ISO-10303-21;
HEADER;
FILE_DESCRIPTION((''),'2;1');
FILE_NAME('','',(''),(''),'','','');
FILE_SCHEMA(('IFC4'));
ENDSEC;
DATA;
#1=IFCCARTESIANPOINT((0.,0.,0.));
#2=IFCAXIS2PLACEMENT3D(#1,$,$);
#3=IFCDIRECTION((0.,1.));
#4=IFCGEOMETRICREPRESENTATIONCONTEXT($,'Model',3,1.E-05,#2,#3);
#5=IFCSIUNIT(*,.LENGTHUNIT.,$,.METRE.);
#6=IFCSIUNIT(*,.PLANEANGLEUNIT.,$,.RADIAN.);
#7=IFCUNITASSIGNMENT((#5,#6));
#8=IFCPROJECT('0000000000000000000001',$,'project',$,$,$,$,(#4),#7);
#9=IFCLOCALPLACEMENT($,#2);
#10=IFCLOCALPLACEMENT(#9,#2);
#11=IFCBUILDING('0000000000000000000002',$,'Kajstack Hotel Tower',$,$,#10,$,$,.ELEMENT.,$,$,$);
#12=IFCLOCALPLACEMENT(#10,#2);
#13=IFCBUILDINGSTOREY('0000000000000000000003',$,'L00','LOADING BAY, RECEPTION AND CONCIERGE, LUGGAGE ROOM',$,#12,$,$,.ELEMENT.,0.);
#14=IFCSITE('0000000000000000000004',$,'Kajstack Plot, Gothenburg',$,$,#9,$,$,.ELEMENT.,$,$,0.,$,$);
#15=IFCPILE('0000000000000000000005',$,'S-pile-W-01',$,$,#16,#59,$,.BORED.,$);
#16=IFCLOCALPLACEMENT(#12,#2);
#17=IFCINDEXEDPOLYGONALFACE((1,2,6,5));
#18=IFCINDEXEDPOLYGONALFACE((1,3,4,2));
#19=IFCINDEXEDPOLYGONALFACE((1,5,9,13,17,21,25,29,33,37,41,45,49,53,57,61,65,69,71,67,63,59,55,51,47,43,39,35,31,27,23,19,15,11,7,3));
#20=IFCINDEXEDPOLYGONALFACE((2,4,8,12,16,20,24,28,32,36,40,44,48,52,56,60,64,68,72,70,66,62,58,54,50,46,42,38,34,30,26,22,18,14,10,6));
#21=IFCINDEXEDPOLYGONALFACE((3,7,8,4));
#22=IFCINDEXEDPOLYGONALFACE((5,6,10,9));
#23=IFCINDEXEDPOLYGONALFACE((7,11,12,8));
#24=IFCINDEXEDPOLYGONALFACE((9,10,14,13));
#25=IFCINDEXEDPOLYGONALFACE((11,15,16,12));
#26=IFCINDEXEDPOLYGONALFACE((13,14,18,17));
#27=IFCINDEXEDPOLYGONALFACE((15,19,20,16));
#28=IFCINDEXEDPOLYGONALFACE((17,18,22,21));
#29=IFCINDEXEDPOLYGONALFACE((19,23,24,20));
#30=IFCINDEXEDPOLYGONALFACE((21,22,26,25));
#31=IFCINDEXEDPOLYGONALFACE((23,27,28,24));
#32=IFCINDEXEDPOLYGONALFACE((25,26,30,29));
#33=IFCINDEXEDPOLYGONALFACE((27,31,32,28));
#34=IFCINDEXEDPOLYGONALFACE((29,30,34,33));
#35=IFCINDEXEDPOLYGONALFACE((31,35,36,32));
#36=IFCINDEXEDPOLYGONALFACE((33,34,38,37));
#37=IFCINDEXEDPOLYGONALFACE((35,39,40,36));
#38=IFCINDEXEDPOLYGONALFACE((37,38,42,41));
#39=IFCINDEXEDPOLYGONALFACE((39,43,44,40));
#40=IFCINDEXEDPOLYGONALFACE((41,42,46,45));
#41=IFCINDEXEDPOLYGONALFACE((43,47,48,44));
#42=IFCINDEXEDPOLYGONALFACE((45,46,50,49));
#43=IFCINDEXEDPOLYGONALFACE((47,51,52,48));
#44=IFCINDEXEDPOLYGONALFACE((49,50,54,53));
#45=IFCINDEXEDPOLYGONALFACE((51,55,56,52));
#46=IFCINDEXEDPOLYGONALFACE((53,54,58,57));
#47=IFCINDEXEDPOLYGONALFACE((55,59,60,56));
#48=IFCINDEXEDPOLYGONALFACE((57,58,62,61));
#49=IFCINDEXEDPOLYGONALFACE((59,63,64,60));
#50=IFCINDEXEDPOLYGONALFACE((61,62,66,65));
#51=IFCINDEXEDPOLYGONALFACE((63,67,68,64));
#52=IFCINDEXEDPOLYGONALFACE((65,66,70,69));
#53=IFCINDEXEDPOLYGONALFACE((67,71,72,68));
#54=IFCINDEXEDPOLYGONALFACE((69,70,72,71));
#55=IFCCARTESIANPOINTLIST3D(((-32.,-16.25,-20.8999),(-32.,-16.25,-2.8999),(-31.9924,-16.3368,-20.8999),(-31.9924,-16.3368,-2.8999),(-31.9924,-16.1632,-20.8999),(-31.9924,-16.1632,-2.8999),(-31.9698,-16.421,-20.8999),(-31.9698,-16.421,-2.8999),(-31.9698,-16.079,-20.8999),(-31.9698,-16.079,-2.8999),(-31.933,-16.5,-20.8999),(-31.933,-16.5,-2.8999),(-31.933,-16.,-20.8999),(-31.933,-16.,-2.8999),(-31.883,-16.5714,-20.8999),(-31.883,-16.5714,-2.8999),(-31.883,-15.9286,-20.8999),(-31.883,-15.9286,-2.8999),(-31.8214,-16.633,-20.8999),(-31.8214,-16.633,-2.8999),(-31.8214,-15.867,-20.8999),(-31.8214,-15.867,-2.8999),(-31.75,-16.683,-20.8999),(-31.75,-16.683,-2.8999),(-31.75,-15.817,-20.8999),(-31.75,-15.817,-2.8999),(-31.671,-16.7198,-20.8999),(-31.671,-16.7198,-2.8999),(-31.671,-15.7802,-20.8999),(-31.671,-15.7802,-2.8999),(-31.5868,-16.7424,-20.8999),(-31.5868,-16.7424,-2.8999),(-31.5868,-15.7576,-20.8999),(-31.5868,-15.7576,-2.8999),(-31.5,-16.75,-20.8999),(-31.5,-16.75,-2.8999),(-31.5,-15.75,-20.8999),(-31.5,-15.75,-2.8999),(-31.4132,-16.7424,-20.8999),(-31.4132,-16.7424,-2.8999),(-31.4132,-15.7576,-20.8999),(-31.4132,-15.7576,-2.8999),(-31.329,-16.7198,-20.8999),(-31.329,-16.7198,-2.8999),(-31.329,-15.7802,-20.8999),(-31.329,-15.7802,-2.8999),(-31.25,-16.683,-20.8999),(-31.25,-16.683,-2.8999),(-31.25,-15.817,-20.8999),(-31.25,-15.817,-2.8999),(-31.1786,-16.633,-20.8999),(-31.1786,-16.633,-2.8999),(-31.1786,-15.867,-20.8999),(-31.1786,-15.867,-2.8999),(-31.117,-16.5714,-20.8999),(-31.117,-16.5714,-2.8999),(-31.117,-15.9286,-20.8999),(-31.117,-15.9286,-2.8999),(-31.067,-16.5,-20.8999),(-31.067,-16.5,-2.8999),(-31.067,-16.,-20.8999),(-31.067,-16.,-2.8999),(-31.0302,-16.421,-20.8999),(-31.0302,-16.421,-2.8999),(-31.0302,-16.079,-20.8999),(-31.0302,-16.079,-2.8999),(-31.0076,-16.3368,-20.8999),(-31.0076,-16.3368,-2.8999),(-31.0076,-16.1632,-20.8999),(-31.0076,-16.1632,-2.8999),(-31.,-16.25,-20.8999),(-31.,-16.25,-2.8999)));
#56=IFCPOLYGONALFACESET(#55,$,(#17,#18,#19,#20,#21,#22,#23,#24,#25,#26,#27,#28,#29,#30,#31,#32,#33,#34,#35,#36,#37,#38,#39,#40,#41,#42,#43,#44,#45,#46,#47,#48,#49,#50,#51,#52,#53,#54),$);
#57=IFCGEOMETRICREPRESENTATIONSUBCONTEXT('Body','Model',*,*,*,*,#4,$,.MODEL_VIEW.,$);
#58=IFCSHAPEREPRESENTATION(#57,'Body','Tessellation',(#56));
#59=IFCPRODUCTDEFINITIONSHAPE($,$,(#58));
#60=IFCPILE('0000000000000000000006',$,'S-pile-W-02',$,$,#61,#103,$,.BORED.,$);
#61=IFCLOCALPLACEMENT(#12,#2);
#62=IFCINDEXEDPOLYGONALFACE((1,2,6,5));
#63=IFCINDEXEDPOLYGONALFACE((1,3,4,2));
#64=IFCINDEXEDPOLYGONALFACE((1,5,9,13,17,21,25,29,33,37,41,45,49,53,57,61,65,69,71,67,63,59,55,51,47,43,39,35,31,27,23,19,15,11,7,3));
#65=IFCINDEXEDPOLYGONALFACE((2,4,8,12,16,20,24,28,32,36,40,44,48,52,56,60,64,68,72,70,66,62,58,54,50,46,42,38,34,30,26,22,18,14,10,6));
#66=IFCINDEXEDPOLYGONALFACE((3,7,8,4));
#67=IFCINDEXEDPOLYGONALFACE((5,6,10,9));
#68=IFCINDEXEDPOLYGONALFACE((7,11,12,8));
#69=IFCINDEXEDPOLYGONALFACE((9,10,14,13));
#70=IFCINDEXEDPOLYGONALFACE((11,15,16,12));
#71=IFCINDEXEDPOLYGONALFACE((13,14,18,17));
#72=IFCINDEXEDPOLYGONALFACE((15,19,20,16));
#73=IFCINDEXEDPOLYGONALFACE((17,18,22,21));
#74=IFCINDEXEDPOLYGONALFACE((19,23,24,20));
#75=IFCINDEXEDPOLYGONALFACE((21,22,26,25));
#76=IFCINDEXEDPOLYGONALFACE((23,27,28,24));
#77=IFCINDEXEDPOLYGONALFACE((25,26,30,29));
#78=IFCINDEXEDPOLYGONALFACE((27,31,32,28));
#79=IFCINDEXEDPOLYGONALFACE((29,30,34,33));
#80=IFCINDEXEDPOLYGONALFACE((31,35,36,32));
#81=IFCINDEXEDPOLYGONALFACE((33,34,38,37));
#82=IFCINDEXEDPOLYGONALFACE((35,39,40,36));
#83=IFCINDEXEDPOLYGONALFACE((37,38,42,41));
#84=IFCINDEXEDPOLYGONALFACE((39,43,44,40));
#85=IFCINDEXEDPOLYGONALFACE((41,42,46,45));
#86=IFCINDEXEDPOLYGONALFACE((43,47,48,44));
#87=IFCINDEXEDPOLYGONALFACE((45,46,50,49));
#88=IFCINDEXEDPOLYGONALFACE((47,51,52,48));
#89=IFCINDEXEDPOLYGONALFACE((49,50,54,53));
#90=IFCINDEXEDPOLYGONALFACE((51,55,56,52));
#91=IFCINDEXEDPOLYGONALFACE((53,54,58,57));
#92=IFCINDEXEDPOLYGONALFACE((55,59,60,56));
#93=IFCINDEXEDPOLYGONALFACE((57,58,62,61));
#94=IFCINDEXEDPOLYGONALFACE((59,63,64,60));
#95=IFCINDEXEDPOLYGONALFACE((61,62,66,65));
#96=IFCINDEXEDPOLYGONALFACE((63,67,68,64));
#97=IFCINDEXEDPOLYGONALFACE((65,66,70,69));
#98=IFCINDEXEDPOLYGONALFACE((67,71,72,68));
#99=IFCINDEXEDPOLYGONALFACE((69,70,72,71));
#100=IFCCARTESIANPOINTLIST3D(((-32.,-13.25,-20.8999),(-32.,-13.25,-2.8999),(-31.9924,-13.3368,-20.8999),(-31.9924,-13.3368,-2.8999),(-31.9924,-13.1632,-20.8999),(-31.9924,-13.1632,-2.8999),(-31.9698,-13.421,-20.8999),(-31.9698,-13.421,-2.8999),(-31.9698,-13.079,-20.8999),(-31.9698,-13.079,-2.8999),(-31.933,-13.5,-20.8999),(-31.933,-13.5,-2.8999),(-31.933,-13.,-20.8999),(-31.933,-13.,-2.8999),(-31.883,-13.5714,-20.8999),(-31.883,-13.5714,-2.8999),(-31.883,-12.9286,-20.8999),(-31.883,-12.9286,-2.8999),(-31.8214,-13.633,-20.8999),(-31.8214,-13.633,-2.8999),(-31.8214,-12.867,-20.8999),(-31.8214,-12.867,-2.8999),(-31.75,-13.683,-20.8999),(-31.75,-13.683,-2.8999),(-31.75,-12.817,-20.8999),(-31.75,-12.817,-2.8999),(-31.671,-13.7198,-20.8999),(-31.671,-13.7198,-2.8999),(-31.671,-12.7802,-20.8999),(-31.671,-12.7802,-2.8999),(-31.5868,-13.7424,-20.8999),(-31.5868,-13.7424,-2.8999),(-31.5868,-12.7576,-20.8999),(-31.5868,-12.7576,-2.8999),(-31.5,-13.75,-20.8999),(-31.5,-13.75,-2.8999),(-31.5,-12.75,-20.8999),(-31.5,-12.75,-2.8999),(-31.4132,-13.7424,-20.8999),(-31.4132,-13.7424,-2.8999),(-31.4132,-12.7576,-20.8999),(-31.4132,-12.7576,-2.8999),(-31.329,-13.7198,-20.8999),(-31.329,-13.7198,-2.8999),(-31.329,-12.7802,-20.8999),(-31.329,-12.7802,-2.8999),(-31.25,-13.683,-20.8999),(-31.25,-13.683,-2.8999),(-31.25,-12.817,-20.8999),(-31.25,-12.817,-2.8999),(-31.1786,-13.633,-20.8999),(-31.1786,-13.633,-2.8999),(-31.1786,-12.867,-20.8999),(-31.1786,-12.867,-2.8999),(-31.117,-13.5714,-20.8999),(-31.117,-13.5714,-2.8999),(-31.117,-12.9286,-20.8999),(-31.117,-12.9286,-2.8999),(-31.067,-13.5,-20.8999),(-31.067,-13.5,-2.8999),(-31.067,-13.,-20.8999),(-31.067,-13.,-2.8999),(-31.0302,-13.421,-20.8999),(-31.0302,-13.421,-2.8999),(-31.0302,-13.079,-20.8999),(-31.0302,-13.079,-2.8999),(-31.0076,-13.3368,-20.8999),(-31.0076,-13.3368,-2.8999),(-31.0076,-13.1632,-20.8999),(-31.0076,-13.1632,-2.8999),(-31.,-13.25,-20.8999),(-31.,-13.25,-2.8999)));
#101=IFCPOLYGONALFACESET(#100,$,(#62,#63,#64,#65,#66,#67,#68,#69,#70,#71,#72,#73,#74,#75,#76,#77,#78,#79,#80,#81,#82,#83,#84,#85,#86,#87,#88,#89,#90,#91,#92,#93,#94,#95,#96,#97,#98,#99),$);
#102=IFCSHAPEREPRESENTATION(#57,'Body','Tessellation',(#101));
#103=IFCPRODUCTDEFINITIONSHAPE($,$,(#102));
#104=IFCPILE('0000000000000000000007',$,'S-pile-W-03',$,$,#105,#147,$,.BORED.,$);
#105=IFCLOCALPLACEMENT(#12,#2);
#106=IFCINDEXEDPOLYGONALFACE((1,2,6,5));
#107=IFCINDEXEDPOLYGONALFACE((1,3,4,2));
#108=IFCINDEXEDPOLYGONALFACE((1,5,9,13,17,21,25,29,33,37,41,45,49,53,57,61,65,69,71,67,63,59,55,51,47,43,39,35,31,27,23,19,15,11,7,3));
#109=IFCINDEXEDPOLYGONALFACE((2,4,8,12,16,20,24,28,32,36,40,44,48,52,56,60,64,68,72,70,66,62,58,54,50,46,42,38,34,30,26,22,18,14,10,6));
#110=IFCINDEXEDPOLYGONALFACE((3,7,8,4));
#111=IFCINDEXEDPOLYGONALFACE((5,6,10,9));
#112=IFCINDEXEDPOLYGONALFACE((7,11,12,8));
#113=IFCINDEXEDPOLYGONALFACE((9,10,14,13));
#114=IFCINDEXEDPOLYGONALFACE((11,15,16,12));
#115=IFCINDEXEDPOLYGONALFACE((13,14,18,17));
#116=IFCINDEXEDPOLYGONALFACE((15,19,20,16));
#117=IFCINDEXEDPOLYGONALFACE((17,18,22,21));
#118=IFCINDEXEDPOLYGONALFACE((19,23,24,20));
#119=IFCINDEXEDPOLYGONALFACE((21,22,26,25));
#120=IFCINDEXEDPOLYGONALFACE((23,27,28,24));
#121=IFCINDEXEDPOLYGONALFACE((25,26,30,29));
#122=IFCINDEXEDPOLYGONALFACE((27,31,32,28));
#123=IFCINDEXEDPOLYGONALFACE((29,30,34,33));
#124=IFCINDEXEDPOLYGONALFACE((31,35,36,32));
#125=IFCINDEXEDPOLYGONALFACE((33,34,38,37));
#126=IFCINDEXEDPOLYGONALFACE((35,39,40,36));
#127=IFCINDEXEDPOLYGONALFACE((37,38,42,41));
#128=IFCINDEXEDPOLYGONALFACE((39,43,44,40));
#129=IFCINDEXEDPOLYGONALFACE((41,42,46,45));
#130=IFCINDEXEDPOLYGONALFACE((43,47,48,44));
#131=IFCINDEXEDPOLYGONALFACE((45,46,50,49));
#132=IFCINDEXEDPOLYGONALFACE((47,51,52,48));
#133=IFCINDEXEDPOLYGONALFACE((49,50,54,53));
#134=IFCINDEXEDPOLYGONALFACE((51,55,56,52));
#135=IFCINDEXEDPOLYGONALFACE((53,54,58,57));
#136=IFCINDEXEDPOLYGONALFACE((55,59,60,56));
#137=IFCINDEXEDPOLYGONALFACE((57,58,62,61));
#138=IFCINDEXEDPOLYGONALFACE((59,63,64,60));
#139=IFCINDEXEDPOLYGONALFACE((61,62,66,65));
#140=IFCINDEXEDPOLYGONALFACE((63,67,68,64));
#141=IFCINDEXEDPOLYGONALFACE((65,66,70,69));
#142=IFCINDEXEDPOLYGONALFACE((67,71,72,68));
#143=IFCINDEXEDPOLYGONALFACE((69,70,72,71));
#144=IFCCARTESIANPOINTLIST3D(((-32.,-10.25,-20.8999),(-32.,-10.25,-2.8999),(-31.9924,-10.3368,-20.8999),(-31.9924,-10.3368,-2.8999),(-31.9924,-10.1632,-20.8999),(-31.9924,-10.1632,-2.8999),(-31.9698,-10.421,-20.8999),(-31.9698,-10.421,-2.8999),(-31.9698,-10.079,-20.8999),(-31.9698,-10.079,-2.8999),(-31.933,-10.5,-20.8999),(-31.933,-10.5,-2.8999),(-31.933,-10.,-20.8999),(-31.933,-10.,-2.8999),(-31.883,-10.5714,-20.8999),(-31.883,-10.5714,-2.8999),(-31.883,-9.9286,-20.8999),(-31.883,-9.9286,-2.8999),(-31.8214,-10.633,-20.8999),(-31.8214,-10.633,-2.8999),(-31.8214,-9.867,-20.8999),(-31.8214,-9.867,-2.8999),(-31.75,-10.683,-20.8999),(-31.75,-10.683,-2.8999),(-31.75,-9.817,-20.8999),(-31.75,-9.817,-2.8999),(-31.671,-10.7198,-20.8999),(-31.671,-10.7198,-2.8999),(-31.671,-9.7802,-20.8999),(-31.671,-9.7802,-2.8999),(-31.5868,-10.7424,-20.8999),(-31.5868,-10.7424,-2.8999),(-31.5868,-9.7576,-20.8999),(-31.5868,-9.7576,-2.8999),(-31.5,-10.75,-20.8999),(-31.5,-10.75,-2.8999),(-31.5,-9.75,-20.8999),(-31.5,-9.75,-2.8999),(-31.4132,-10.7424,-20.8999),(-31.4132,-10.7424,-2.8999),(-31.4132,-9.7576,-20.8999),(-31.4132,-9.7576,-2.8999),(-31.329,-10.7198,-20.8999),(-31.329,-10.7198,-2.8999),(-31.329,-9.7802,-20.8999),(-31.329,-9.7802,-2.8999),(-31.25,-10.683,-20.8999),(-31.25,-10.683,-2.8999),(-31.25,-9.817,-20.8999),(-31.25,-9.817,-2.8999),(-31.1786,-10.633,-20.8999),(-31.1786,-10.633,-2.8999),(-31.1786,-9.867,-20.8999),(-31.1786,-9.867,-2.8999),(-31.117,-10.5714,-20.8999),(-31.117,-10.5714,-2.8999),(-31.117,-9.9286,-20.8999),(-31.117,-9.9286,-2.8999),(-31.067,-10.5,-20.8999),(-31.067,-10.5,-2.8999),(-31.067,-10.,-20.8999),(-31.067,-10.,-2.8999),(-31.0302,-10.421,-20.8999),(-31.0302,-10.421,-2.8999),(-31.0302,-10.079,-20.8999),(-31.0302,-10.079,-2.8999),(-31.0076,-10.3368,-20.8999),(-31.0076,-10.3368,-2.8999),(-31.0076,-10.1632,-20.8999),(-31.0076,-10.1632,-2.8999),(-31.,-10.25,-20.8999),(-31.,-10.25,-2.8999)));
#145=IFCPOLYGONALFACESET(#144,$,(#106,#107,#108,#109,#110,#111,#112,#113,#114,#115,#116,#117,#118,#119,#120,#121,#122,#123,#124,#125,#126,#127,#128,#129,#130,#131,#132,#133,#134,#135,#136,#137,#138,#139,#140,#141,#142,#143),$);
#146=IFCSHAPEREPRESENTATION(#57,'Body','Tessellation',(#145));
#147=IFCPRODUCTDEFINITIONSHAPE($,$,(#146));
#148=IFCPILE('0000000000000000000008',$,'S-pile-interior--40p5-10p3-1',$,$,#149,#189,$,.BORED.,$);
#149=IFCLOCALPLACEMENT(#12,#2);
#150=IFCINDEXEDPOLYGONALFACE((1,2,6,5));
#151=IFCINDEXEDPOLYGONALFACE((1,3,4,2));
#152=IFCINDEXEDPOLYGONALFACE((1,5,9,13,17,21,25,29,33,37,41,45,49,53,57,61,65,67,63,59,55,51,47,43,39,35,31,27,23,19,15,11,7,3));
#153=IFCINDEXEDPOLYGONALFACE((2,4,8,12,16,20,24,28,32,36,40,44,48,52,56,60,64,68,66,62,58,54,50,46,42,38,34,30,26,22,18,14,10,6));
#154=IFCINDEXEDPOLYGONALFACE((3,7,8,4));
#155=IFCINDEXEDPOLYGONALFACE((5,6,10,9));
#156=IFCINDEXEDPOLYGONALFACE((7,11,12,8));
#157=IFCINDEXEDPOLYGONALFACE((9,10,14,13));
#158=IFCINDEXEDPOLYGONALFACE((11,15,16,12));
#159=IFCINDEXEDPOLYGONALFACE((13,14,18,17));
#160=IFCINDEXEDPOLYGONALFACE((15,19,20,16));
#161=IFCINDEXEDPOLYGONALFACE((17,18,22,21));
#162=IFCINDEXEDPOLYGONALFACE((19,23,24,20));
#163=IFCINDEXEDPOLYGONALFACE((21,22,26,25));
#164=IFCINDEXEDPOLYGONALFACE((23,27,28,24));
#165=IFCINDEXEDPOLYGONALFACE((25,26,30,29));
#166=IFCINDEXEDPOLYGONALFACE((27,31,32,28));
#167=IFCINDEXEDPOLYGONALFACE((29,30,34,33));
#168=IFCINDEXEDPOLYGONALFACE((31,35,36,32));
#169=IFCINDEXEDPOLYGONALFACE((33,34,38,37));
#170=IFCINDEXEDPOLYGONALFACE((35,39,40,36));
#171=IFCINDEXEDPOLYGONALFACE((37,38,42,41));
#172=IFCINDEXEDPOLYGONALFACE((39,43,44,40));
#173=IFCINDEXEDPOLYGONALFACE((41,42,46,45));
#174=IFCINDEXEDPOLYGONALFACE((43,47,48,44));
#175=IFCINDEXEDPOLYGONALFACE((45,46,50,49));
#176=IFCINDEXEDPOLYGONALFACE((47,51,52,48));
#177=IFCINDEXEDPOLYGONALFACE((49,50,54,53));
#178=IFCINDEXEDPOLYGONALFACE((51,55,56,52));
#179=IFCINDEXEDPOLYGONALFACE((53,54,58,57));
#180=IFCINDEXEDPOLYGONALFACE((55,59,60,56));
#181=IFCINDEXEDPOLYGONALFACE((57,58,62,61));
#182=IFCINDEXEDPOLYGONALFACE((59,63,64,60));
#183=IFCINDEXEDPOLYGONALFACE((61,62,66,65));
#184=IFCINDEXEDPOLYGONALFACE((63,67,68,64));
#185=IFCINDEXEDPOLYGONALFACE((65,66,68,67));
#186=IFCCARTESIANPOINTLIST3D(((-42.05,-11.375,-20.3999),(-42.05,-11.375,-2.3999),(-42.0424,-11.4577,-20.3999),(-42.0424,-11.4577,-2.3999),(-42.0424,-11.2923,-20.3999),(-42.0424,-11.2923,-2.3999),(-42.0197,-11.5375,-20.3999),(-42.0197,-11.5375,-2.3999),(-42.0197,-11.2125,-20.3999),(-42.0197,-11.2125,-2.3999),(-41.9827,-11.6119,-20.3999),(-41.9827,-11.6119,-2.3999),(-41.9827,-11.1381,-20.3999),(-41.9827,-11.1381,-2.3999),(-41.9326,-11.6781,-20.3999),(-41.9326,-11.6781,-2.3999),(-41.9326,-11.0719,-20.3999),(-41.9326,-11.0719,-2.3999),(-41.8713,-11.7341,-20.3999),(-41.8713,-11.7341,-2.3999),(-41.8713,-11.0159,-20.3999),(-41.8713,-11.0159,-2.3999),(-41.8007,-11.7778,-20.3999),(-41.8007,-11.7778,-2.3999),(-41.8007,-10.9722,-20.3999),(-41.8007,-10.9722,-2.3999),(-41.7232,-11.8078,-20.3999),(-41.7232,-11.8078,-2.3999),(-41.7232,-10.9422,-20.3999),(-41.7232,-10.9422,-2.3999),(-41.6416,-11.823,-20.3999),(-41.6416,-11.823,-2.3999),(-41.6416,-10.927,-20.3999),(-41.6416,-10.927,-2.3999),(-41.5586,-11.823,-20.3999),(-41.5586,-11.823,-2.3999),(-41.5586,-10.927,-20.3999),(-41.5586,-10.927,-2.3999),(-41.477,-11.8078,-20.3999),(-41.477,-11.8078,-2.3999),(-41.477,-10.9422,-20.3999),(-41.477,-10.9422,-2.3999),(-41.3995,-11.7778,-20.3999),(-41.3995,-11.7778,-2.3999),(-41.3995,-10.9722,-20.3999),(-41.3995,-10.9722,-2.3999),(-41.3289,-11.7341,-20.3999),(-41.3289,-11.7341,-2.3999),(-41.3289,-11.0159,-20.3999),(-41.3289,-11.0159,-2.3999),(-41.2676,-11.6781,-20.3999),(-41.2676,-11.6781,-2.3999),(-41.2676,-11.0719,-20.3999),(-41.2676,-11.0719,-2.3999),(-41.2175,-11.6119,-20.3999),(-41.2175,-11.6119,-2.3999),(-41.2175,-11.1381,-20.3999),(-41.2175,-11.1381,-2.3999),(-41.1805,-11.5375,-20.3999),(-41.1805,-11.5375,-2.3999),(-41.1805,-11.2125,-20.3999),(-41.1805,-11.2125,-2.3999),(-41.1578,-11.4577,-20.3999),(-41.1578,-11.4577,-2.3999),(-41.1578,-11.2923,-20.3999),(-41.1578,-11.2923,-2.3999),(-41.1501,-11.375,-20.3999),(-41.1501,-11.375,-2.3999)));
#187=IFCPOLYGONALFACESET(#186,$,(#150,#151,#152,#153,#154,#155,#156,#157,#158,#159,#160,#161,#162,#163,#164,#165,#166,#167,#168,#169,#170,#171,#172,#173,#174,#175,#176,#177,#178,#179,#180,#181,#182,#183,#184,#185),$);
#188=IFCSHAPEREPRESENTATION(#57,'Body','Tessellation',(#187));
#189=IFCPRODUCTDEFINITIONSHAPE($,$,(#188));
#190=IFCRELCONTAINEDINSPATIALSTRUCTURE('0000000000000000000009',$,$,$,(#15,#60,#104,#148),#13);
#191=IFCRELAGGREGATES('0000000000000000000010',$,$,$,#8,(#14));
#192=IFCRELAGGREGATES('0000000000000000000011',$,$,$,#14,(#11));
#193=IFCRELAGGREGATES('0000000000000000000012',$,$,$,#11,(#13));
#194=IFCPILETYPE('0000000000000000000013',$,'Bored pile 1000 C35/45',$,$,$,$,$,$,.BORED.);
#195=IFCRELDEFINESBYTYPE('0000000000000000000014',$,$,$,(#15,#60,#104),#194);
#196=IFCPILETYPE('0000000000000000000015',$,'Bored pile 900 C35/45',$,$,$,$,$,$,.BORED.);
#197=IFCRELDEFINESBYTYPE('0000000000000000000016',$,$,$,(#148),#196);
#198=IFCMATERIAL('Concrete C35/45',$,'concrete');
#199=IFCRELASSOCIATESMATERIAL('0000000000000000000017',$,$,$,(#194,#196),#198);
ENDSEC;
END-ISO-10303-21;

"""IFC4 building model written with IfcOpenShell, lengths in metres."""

from ifc_helpers import new_model, si_unit, direction, frame, origin, origin_2d, place, context, subcontext, project, spatial, circle, extrude, material, material_profile, profile_set, type_object, element, save


model = new_model("IFC4")

# Units and contexts
model_context = context("Model", 3, precision=1e-05, world=origin(), true_north=direction((0.0, 1.0)))
body_context = subcontext(model_context, "Body", "Model", "MODEL_VIEW")
ifc_project = project(units=[si_unit("LENGTHUNIT", "METRE"), si_unit("PLANEANGLEUNIT", "RADIAN")], contexts=[model_context])

# Site, building, storey
site_placement = place(None, origin())
site = spatial("IfcSite", under=ifc_project, at=site_placement, Name="Kajstack Plot, Gothenburg", CompositionType="ELEMENT", RefElevation=0.0)
building_placement = place(site_placement, origin())
building = spatial("IfcBuilding", under=site, at=building_placement, Name="Kajstack Hotel Tower", CompositionType="ELEMENT")
storey_placement = place(building_placement, origin())
storey = spatial("IfcBuildingStorey", under=building, at=storey_placement, Name="L00", Description="LOADING BAY, RECEPTION AND CONCIERGE, LUGGAGE ROOM", CompositionType="ELEMENT", Elevation=0.0)

# Piles
ifc_material_1 = material(Name="Concrete C35/45", Category="concrete")
ifc_material_profile_1 = material_profile(ifc_material_1, circle(Radius=0.5, at=origin_2d()), Name="RC round 1000")
ifc_profile_set_1 = profile_set([ifc_material_profile_1], Name="Concrete C35/45")
pile_type_1 = type_object("IfcPileType", Name="Bored pile 1000 C35/45", PredefinedType="BORED", material=ifc_profile_set_1)
for number, where, z_axis, x_axis, name in (
    (1, (-31.5, -16.25, -2.8999), (0.0, 0.0, -1.0), (1.0, 0.0, 0.0), "S-pile-W-01"),
    (2, (-31.5, -13.25, -2.8999), (0.0, 0.0, -1.0), (1.0, 0.0, 0.0), "S-pile-W-02"),
    (3, (-31.5, -10.25, -2.8999), (0.0, 0.0, -1.0), (1.0, 0.0, 0.0), "S-pile-W-03"),
):
    element("IfcPile", number, at=place(storey_placement, frame(where, z_axis=z_axis, x_axis=x_axis)), inside=storey, type_object=pile_type_1, Name=name, PredefinedType="BORED", context=body_context, shape_type="SweptSolid", body=[
        extrude(circle(Radius=0.5, at=origin_2d()), origin(), (0.0, 0.0, 1.0), 18.0),
    ])
ifc_material_profile_2 = material_profile(ifc_material_1, circle(Radius=0.45, at=origin_2d()), Name="RC round 900")
ifc_profile_set_2 = profile_set([ifc_material_profile_2], Name="Concrete C35/45")
pile_type_2 = type_object("IfcPileType", Name="Bored pile 900 C35/45", PredefinedType="BORED", material=ifc_profile_set_2)
for number, where, z_axis, x_axis, name in (
    (4, (-41.6001, -11.375, -2.3999), (0.0, 0.0, -1.0), (1.0, 0.0, 0.0), "S-pile-interior--40p5-10p3-1"),
):
    element("IfcPile", number, at=place(storey_placement, frame(where, z_axis=z_axis, x_axis=x_axis)), inside=storey, type_object=pile_type_2, Name=name, PredefinedType="BORED", context=body_context, shape_type="SweptSolid", body=[
        extrude(circle(Radius=0.45, at=origin_2d()), origin(), (0.0, 0.0, 1.0), 18.0),
    ])

save(model, "model.ifc")
